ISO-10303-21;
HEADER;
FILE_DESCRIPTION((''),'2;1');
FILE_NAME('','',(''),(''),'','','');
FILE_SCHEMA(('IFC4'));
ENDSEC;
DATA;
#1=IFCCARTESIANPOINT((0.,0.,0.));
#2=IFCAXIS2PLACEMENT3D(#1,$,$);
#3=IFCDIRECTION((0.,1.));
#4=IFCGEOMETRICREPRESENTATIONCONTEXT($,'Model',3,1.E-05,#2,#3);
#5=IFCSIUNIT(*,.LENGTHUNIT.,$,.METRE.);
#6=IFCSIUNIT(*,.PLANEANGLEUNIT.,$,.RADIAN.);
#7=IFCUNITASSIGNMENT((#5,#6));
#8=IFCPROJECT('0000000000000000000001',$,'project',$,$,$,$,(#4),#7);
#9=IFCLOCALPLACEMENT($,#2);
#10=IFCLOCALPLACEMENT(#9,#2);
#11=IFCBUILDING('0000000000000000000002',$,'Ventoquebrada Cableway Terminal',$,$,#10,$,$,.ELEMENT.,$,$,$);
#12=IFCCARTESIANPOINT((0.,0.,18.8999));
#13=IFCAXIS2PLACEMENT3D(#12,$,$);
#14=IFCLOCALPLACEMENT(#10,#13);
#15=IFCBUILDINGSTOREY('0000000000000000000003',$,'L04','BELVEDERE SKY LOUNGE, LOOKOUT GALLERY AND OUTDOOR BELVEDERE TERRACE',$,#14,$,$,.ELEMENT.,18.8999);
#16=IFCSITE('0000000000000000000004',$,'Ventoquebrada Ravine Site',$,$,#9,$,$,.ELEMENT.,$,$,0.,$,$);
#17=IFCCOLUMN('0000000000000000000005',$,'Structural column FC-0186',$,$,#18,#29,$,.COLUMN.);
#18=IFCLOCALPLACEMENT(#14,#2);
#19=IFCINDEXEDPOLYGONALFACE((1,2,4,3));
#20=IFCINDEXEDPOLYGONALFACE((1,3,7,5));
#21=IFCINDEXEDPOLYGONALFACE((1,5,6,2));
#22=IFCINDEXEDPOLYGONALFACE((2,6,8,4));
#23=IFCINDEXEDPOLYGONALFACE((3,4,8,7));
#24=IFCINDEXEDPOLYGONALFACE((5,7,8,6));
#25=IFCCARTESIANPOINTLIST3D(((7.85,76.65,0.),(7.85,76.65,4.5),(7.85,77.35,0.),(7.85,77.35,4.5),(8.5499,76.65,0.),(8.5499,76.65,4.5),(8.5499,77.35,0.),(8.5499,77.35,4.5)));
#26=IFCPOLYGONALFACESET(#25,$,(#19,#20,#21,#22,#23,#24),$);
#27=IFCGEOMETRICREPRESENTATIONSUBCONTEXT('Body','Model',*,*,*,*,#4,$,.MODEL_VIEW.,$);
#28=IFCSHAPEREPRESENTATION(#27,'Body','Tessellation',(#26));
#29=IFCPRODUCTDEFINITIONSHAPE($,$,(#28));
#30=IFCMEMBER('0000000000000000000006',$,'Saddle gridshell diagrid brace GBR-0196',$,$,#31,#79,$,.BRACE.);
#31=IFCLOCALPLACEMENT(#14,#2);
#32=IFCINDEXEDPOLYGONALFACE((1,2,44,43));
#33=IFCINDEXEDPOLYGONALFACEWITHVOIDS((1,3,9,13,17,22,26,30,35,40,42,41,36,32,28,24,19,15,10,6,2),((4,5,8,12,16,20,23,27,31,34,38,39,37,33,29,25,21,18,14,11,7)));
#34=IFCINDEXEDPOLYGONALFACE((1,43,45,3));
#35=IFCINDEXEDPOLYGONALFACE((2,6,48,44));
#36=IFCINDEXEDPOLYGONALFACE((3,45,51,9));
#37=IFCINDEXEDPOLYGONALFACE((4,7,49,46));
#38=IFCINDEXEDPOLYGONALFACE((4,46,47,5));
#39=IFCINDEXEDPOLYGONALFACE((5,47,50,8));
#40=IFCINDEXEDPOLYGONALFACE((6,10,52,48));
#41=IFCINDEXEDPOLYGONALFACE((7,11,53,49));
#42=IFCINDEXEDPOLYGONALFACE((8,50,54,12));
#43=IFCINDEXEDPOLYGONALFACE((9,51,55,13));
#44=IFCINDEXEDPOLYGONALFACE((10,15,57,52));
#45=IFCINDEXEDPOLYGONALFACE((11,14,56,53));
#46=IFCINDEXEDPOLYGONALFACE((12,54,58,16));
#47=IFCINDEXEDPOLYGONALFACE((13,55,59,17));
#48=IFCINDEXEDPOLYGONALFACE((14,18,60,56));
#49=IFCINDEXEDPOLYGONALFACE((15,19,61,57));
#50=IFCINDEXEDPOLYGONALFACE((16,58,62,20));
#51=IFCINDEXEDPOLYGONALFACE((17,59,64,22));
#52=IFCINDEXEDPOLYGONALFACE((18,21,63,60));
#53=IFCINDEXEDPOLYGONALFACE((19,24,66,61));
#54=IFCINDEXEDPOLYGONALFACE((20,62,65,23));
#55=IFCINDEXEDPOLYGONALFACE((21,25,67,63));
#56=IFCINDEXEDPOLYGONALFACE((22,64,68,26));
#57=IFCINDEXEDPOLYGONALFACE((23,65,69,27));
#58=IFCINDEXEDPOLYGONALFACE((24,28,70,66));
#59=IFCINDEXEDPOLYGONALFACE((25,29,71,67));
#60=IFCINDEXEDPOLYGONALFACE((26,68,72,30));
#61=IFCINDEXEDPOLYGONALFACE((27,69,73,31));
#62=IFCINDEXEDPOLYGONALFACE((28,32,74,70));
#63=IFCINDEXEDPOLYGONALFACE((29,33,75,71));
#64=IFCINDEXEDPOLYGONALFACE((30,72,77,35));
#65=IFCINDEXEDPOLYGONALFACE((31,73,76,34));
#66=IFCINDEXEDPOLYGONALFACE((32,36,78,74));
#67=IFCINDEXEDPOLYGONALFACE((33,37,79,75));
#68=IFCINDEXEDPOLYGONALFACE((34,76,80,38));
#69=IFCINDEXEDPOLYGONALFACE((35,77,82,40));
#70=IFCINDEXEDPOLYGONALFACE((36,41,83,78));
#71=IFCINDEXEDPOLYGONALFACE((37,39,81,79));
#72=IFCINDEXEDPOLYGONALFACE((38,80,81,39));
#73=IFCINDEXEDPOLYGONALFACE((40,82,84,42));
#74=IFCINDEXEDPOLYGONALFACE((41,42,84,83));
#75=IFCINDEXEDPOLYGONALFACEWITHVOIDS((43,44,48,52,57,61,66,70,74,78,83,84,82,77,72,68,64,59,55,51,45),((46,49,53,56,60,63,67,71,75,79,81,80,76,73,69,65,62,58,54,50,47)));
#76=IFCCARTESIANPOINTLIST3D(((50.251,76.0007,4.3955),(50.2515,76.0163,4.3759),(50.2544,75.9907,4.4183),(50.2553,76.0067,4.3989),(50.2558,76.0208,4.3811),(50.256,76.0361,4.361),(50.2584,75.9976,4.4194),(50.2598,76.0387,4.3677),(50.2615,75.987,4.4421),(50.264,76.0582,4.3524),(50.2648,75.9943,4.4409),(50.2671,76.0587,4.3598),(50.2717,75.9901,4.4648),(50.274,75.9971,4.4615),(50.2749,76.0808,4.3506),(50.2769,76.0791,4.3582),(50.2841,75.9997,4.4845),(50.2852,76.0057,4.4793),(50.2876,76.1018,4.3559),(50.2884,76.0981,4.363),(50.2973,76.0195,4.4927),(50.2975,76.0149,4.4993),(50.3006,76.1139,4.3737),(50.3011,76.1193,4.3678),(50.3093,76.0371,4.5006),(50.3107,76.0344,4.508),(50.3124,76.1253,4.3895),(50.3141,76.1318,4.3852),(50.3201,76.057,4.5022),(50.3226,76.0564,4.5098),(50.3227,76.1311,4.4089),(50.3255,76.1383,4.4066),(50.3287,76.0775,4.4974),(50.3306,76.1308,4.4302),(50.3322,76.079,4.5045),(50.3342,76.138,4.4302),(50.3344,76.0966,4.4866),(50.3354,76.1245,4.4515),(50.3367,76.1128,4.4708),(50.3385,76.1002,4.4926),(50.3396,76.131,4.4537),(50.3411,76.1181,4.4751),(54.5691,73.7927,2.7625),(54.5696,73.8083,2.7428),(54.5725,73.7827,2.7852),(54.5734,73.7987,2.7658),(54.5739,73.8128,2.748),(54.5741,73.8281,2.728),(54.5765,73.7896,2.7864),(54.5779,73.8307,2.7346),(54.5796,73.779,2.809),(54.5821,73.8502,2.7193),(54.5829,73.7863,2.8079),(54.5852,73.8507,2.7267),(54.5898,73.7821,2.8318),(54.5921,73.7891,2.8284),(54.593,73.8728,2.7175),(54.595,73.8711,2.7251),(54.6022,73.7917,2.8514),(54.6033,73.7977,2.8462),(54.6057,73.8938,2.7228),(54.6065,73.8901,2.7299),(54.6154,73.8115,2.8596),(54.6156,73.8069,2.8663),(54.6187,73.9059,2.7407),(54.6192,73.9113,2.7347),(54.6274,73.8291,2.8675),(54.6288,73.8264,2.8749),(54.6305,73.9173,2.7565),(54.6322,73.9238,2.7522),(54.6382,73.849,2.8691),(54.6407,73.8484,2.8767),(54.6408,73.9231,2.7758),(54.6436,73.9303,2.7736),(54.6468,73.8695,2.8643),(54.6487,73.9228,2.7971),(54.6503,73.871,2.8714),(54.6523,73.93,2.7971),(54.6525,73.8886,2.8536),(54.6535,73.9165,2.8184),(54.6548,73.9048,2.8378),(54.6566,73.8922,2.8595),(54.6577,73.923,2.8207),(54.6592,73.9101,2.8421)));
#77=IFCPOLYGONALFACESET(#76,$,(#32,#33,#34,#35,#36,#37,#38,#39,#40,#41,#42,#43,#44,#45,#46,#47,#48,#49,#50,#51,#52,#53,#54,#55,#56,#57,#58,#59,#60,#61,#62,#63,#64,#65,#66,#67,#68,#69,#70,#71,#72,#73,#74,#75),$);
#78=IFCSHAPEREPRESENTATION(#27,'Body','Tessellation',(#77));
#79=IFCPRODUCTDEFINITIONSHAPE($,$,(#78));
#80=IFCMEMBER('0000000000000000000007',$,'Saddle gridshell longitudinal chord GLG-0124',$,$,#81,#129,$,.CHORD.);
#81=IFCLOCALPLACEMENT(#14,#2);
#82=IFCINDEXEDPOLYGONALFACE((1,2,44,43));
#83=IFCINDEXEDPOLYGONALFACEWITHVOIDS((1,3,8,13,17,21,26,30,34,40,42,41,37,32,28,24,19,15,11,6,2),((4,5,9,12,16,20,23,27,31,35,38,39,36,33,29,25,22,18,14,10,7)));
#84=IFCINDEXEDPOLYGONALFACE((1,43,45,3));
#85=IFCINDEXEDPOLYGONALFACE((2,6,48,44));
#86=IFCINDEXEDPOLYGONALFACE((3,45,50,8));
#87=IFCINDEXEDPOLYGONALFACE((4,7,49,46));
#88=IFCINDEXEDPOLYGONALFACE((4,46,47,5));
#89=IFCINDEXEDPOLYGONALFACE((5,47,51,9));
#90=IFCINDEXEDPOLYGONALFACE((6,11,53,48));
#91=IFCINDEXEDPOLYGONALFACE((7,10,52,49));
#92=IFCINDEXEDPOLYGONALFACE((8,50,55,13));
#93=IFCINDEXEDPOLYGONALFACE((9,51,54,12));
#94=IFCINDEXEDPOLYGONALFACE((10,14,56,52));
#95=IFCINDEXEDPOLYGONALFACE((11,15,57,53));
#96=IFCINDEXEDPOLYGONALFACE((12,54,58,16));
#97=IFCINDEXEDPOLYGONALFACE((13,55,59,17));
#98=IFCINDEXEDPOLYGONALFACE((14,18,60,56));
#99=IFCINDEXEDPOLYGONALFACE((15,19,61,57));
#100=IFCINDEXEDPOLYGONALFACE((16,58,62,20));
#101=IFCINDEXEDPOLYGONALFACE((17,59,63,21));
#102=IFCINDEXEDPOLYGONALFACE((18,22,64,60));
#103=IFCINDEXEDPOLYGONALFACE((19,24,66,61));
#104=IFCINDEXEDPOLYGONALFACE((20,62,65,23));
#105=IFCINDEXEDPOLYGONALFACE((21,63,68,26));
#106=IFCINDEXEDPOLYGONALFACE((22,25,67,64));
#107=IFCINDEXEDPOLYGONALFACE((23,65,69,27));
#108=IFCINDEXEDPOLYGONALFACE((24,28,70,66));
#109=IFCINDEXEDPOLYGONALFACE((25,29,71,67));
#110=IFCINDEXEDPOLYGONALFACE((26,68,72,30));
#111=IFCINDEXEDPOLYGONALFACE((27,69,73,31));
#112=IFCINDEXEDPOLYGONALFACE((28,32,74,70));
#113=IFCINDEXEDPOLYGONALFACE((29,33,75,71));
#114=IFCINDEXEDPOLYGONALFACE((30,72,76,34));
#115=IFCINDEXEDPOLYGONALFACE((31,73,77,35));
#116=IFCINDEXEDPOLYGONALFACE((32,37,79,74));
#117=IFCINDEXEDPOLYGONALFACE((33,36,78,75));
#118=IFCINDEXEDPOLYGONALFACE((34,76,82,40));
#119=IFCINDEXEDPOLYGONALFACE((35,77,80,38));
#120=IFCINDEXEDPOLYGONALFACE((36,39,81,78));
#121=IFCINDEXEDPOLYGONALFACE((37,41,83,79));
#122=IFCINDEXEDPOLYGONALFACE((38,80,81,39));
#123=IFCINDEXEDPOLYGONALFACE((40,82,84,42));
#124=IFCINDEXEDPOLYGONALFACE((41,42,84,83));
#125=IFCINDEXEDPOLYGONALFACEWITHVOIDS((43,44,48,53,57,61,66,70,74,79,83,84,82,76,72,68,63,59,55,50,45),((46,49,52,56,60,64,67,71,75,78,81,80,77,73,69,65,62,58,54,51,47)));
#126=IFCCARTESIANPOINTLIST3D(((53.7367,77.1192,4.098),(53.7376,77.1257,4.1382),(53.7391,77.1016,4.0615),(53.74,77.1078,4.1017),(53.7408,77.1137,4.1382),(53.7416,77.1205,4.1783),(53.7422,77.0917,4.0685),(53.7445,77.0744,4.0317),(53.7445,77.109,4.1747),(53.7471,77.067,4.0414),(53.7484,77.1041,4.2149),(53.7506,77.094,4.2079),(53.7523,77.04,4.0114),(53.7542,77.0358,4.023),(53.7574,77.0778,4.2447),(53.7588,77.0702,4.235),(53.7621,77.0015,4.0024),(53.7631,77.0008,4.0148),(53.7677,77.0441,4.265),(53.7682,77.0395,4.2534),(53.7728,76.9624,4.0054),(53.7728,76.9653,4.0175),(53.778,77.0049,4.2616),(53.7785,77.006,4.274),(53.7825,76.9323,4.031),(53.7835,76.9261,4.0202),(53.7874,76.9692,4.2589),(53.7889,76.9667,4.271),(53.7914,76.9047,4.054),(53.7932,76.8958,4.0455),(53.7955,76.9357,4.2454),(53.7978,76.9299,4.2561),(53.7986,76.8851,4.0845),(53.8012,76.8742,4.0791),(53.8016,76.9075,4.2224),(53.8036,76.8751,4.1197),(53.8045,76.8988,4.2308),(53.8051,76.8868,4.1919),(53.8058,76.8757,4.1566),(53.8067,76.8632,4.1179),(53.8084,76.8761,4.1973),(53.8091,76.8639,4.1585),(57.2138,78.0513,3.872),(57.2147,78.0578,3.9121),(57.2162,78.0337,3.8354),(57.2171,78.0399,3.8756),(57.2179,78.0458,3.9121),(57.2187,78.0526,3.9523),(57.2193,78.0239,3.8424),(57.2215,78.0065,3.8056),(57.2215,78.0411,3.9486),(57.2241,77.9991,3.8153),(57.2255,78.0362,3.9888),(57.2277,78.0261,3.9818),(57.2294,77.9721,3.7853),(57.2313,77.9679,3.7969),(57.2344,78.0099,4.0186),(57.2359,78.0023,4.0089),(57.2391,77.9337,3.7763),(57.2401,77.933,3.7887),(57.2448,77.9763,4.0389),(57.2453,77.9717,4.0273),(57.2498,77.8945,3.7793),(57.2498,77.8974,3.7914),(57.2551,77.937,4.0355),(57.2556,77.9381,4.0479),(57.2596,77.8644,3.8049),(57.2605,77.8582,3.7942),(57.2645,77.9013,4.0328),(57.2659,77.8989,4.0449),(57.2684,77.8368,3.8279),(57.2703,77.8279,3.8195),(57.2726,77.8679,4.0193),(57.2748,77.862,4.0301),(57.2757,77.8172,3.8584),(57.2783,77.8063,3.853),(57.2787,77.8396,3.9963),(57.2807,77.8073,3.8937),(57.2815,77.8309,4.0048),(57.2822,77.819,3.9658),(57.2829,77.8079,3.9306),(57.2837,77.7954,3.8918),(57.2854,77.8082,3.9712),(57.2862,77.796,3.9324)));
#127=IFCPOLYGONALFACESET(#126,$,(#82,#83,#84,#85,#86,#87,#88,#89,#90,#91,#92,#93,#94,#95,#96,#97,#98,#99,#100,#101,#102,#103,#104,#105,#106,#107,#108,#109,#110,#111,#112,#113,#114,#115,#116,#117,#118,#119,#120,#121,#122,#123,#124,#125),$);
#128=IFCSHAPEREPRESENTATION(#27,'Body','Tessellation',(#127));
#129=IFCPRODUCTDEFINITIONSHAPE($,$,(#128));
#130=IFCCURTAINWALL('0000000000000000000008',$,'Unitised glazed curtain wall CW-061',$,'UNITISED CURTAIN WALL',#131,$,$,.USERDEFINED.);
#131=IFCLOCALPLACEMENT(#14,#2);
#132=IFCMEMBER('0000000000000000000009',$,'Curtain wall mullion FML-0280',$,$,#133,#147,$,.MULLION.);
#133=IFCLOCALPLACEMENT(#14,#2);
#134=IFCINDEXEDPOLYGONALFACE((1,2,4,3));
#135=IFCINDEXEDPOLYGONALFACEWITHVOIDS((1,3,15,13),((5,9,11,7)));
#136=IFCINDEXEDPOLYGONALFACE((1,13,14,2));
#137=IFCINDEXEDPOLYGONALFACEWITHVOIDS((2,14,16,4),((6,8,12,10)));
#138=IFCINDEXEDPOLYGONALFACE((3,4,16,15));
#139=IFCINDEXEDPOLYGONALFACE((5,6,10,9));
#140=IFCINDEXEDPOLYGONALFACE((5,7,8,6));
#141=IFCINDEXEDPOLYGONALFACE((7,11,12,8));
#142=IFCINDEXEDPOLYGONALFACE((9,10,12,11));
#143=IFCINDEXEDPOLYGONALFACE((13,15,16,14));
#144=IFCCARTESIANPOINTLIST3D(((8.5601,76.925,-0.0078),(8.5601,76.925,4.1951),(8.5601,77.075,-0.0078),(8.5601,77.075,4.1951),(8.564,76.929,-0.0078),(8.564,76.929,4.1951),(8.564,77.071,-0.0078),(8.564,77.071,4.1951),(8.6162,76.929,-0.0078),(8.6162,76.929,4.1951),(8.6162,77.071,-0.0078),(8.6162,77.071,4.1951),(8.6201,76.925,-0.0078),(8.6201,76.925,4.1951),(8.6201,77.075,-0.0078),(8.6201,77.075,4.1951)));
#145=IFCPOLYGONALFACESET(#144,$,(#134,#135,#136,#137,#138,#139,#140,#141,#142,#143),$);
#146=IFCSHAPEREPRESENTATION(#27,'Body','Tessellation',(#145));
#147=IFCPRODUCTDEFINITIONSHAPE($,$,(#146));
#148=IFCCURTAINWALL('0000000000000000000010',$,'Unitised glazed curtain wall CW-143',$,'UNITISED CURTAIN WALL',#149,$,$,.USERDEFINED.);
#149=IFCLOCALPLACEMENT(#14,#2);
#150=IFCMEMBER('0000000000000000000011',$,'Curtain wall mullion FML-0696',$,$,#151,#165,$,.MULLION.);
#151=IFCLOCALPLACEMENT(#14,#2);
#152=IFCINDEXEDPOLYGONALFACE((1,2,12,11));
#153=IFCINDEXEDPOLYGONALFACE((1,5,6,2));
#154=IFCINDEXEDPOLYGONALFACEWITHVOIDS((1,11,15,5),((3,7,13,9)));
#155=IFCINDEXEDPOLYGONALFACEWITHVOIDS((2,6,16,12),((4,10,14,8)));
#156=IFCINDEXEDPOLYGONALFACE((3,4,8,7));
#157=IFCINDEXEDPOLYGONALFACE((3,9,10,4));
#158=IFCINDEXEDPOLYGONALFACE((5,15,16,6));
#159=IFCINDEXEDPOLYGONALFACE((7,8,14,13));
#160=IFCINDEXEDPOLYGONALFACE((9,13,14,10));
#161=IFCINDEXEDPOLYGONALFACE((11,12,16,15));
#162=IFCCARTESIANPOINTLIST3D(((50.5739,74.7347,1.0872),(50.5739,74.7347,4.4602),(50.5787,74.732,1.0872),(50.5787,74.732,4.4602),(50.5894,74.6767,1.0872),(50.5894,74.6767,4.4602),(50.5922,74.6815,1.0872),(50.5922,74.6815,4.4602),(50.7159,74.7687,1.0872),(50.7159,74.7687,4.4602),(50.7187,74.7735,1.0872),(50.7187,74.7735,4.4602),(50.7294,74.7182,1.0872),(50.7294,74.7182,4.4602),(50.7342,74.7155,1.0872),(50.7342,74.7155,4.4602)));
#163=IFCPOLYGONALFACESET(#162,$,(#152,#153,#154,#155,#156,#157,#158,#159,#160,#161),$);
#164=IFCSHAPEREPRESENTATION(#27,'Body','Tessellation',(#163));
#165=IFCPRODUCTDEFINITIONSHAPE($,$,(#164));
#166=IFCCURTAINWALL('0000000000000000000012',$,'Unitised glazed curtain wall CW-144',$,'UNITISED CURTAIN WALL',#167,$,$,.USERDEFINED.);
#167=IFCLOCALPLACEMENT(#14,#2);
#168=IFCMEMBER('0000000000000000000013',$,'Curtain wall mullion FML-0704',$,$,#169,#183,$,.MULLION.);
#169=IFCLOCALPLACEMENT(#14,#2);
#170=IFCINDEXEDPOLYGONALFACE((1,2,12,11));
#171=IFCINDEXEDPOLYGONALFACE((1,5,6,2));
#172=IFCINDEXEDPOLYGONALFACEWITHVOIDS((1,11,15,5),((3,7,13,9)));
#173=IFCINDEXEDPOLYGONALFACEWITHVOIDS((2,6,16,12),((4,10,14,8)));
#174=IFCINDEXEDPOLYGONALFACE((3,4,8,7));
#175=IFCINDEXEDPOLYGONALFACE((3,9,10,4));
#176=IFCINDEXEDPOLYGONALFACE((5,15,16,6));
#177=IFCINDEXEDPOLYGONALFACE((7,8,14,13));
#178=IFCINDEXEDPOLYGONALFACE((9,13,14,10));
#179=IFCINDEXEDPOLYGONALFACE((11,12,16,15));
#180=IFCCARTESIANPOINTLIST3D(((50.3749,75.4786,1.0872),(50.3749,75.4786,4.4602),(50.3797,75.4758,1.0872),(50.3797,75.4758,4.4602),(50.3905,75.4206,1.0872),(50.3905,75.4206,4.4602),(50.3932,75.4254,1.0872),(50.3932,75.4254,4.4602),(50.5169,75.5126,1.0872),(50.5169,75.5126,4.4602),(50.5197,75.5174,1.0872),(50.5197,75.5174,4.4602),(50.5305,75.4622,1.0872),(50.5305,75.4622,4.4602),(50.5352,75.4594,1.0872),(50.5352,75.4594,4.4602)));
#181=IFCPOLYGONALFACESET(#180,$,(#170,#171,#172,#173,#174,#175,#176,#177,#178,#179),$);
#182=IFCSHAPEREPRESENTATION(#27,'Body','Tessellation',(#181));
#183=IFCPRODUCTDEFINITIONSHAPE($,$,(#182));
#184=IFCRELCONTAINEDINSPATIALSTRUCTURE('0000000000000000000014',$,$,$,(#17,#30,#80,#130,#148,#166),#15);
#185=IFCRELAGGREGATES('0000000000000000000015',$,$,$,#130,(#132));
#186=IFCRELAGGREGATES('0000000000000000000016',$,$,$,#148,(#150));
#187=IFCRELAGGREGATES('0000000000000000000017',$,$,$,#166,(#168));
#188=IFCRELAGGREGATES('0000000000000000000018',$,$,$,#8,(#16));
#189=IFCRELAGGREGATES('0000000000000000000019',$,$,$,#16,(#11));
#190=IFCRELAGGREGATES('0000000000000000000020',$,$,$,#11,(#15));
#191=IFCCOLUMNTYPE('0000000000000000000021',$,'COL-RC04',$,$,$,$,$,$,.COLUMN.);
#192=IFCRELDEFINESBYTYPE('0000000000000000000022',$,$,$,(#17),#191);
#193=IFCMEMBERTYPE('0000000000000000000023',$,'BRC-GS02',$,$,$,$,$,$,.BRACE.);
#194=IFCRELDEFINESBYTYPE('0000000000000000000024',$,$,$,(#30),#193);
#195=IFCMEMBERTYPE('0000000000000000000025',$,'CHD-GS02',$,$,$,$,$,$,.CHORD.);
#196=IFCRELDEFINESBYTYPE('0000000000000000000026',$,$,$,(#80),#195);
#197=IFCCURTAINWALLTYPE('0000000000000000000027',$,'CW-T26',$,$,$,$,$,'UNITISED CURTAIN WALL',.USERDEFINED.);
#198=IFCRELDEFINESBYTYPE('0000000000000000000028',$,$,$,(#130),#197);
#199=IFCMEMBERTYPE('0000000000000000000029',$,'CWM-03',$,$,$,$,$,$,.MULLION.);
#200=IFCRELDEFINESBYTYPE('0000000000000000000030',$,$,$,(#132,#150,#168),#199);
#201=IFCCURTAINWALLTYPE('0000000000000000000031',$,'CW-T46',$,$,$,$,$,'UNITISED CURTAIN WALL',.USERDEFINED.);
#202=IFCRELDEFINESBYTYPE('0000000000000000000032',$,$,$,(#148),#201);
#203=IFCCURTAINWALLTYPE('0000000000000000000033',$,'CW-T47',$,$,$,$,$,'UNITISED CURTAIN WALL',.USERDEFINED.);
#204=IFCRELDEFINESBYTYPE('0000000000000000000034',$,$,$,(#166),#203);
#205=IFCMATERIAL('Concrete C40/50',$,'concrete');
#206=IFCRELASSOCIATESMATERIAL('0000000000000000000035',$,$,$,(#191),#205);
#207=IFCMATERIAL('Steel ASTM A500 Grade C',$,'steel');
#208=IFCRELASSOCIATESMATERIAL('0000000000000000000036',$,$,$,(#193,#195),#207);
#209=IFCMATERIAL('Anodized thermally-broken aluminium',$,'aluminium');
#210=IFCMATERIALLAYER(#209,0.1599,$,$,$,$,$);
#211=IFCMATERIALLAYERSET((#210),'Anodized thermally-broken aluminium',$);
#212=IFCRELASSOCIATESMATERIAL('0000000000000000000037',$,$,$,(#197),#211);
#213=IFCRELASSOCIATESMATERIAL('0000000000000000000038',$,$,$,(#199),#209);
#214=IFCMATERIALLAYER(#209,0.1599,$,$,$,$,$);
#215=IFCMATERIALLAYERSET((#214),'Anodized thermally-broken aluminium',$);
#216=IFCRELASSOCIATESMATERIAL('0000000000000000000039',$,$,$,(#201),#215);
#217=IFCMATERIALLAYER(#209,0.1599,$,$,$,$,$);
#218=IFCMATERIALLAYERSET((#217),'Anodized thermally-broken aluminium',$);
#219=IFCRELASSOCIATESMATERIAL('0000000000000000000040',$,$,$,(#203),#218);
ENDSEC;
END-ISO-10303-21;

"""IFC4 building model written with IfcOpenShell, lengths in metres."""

from ifc_helpers import new_model, si_unit, direction, frame, origin, origin_2d, place, context, subcontext, project, spatial, rectangle, hollow_rectangle, hollow_circle, extrude, material, layer, layer_set, material_profile, profile_set, type_object, element, aggregate, save


model = new_model("IFC4")

# Units and contexts
model_context = context("Model", 3, precision=1e-05, world=origin(), true_north=direction((0.0, 1.0)))
body_context = subcontext(model_context, "Body", "Model", "MODEL_VIEW")
ifc_project = project(units=[si_unit("LENGTHUNIT", "METRE"), si_unit("PLANEANGLEUNIT", "RADIAN")], contexts=[model_context])

# Site, building, storey
site_placement = place(None, origin())
site = spatial("IfcSite", under=ifc_project, at=site_placement, Name="Ventoquebrada Ravine Site", CompositionType="ELEMENT", RefElevation=0.0)
building_placement = place(site_placement, origin())
building = spatial("IfcBuilding", under=site, at=building_placement, Name="Ventoquebrada Cableway Terminal", CompositionType="ELEMENT")
storey_placement = place(building_placement, frame((0.0, 0.0, 18.8999)))
storey = spatial("IfcBuildingStorey", under=building, at=storey_placement, Name="L04", Description="BELVEDERE SKY LOUNGE, LOOKOUT GALLERY AND OUTDOOR BELVEDERE TERRACE", CompositionType="ELEMENT", Elevation=18.8999)

# Column
ifc_material_1 = material(Name="Concrete C40/50", Category="concrete")
ifc_material_profile_1 = material_profile(ifc_material_1, rectangle(XDim=0.7, YDim=0.7, at=origin_2d()), Name="RC-COL-700X700")
ifc_profile_set_1 = profile_set([ifc_material_profile_1], Name="Concrete C40/50")
column_type = type_object("IfcColumnType", Name="COL-RC04", PredefinedType="COLUMN", material=ifc_profile_set_1)
column_placement = place(storey_placement, frame((8.2, 77.0, 0.0), z_axis=(0.0, 0.0, 1.0), x_axis=(1.0, 0.0, 0.0)))
element("IfcColumn", 1, at=column_placement, inside=storey, type_object=column_type, Name="Structural column FC-0186", PredefinedType="COLUMN", context=body_context, shape_type="SweptSolid", body=[
    extrude(rectangle(XDim=0.7, YDim=0.7, at=origin_2d()), origin(), (0.0, 0.0, 1.0), 4.5),
])

# Members
ifc_material_2 = material(Name="Steel ASTM A500 Grade C", Category="steel")
ifc_material_profile_2 = material_profile(ifc_material_2, hollow_circle(Radius=0.0842, WallThickness=0.0081, at=origin_2d()), Name="CHS168.3X8")
ifc_profile_set_2 = profile_set([ifc_material_profile_2], Name="Steel ASTM A500 Grade C")
member_type_1 = type_object("IfcMemberType", Name="BRC-GS02", PredefinedType="BRACE", material=ifc_profile_set_2)
member_1_placement = place(storey_placement, frame((50.2959, 76.063, 4.4302), z_axis=(0.843802, -0.431466, -0.319115), x_axis=(0.45527, 0.890354, 0.0)))
element("IfcMember", 2, at=member_1_placement, inside=storey, type_object=member_type_1, Name="Saddle gridshell diagrid brace GBR-0196", PredefinedType="BRACE", context=body_context, shape_type="SweptSolid", body=[
    extrude(hollow_circle(Radius=0.0842, WallThickness=0.0081, at=origin_2d()), origin(), (0.0, 0.0, 1.0), 5.1174),
])
ifc_material_profile_3 = material_profile(ifc_material_2, hollow_circle(Radius=0.1365, WallThickness=0.0125, at=origin_2d()), Name="CHS273.0X12.5")
ifc_profile_set_3 = profile_set([ifc_material_profile_3], Name="Steel ASTM A500 Grade C")
member_type_2 = type_object("IfcMemberType", Name="CHD-GS02", PredefinedType="CHORD", material=ifc_profile_set_3)
member_2_placement = place(storey_placement, frame((53.7729, 76.9939, 4.1382), z_axis=(0.963995, 0.258428, -0.062678), x_axis=(-0.258937, 0.965894, 0.0)))
element("IfcMember", 3, at=member_2_placement, inside=storey, type_object=member_type_2, Name="Saddle gridshell longitudinal chord GLG-0124", PredefinedType="CHORD", context=body_context, shape_type="SweptSolid", body=[
    extrude(hollow_circle(Radius=0.1365, WallThickness=0.0125, at=origin_2d()), origin(), (0.0, 0.0, 1.0), 3.6069),
])

# Curtain walls, members
ifc_material_3 = material(Name="Anodized thermally-broken aluminium", Category="aluminium")
ifc_layer_1 = layer(ifc_material_3, 0.1599)
ifc_layer_set_1 = layer_set([ifc_layer_1], Name="Anodized thermally-broken aluminium")
curtain_wall_type_1 = type_object("IfcCurtainWallType", Name="CW-T26", ElementType="UNITISED CURTAIN WALL", PredefinedType="USERDEFINED", material=ifc_layer_set_1)
curtain_wall_1_placement = place(storey_placement, origin())
curtain_wall_1 = element("IfcCurtainWall", 4, at=curtain_wall_1_placement, inside=storey, type_object=curtain_wall_type_1, Name="Unitised glazed curtain wall CW-061", ObjectType="UNITISED CURTAIN WALL", PredefinedType="USERDEFINED")
ifc_material_profile_4 = material_profile(ifc_material_3, hollow_rectangle(XDim=0.0601, YDim=0.1499, WallThickness=0.0039, at=origin_2d()), Name="CW-MUL-60X150")
ifc_profile_set_4 = profile_set([ifc_material_profile_4], Name="Anodized thermally-broken aluminium")
member_type_3 = type_object("IfcMemberType", Name="CWM-03", PredefinedType="MULLION", material=ifc_profile_set_4)
member_3_placement = place(storey_placement, frame((8.5901, 77.0, -0.0078), z_axis=(0.0, 0.0, 1.0), x_axis=(1.0, 0.0, 0.0)))
member_3 = element("IfcMember", 5, at=member_3_placement, type_object=member_type_3, Name="Curtain wall mullion FML-0280", PredefinedType="MULLION", context=body_context, shape_type="SweptSolid", body=[
    extrude(hollow_rectangle(XDim=0.0601, YDim=0.1499, WallThickness=0.0039, at=origin_2d()), origin(), (0.0, 0.0, 1.0), 4.2029),
])
ifc_layer_2 = layer(ifc_material_3, 0.1599)
ifc_layer_set_2 = layer_set([ifc_layer_2], Name="Anodized thermally-broken aluminium")
curtain_wall_type_2 = type_object("IfcCurtainWallType", Name="CW-T46", ElementType="UNITISED CURTAIN WALL", PredefinedType="USERDEFINED", material=ifc_layer_set_2)
curtain_wall_2_placement = place(storey_placement, origin())
curtain_wall_2 = element("IfcCurtainWall", 6, at=curtain_wall_2_placement, inside=storey, type_object=curtain_wall_type_2, Name="Unitised glazed curtain wall CW-143", ObjectType="UNITISED CURTAIN WALL", PredefinedType="USERDEFINED")
member_4_placement = place(storey_placement, frame((50.6541, 74.7251, 1.0872), z_axis=(0.0, 0.0, 1.0), x_axis=(0.258718, -0.965953, 0.0)))
member_4 = element("IfcMember", 7, at=member_4_placement, type_object=member_type_3, Name="Curtain wall mullion FML-0696", PredefinedType="MULLION", context=body_context, shape_type="SweptSolid", body=[
    extrude(hollow_rectangle(XDim=0.0601, YDim=0.1499, WallThickness=0.0039, at=origin_2d()), origin(), (0.0, 0.0, 1.0), 3.373),
])
ifc_layer_3 = layer(ifc_material_3, 0.1599)
ifc_layer_set_3 = layer_set([ifc_layer_3], Name="Anodized thermally-broken aluminium")
curtain_wall_type_3 = type_object("IfcCurtainWallType", Name="CW-T47", ElementType="UNITISED CURTAIN WALL", PredefinedType="USERDEFINED", material=ifc_layer_set_3)
curtain_wall_3_placement = place(storey_placement, origin())
curtain_wall_3 = element("IfcCurtainWall", 8, at=curtain_wall_3_placement, inside=storey, type_object=curtain_wall_type_3, Name="Unitised glazed curtain wall CW-144", ObjectType="UNITISED CURTAIN WALL", PredefinedType="USERDEFINED")
member_5_placement = place(storey_placement, frame((50.4551, 75.469, 1.0872), z_axis=(0.0, 0.0, 1.0), x_axis=(0.258836, -0.965921, 0.0)))
member_5 = element("IfcMember", 9, at=member_5_placement, type_object=member_type_3, Name="Curtain wall mullion FML-0704", PredefinedType="MULLION", context=body_context, shape_type="SweptSolid", body=[
    extrude(hollow_rectangle(XDim=0.0601, YDim=0.1499, WallThickness=0.0039, at=origin_2d()), origin(), (0.0, 0.0, 1.0), 3.373),
])

aggregate(curtain_wall_1, [member_3])
aggregate(curtain_wall_2, [member_4])

aggregate(curtain_wall_3, [member_5])

save(model, "model.ifc")
